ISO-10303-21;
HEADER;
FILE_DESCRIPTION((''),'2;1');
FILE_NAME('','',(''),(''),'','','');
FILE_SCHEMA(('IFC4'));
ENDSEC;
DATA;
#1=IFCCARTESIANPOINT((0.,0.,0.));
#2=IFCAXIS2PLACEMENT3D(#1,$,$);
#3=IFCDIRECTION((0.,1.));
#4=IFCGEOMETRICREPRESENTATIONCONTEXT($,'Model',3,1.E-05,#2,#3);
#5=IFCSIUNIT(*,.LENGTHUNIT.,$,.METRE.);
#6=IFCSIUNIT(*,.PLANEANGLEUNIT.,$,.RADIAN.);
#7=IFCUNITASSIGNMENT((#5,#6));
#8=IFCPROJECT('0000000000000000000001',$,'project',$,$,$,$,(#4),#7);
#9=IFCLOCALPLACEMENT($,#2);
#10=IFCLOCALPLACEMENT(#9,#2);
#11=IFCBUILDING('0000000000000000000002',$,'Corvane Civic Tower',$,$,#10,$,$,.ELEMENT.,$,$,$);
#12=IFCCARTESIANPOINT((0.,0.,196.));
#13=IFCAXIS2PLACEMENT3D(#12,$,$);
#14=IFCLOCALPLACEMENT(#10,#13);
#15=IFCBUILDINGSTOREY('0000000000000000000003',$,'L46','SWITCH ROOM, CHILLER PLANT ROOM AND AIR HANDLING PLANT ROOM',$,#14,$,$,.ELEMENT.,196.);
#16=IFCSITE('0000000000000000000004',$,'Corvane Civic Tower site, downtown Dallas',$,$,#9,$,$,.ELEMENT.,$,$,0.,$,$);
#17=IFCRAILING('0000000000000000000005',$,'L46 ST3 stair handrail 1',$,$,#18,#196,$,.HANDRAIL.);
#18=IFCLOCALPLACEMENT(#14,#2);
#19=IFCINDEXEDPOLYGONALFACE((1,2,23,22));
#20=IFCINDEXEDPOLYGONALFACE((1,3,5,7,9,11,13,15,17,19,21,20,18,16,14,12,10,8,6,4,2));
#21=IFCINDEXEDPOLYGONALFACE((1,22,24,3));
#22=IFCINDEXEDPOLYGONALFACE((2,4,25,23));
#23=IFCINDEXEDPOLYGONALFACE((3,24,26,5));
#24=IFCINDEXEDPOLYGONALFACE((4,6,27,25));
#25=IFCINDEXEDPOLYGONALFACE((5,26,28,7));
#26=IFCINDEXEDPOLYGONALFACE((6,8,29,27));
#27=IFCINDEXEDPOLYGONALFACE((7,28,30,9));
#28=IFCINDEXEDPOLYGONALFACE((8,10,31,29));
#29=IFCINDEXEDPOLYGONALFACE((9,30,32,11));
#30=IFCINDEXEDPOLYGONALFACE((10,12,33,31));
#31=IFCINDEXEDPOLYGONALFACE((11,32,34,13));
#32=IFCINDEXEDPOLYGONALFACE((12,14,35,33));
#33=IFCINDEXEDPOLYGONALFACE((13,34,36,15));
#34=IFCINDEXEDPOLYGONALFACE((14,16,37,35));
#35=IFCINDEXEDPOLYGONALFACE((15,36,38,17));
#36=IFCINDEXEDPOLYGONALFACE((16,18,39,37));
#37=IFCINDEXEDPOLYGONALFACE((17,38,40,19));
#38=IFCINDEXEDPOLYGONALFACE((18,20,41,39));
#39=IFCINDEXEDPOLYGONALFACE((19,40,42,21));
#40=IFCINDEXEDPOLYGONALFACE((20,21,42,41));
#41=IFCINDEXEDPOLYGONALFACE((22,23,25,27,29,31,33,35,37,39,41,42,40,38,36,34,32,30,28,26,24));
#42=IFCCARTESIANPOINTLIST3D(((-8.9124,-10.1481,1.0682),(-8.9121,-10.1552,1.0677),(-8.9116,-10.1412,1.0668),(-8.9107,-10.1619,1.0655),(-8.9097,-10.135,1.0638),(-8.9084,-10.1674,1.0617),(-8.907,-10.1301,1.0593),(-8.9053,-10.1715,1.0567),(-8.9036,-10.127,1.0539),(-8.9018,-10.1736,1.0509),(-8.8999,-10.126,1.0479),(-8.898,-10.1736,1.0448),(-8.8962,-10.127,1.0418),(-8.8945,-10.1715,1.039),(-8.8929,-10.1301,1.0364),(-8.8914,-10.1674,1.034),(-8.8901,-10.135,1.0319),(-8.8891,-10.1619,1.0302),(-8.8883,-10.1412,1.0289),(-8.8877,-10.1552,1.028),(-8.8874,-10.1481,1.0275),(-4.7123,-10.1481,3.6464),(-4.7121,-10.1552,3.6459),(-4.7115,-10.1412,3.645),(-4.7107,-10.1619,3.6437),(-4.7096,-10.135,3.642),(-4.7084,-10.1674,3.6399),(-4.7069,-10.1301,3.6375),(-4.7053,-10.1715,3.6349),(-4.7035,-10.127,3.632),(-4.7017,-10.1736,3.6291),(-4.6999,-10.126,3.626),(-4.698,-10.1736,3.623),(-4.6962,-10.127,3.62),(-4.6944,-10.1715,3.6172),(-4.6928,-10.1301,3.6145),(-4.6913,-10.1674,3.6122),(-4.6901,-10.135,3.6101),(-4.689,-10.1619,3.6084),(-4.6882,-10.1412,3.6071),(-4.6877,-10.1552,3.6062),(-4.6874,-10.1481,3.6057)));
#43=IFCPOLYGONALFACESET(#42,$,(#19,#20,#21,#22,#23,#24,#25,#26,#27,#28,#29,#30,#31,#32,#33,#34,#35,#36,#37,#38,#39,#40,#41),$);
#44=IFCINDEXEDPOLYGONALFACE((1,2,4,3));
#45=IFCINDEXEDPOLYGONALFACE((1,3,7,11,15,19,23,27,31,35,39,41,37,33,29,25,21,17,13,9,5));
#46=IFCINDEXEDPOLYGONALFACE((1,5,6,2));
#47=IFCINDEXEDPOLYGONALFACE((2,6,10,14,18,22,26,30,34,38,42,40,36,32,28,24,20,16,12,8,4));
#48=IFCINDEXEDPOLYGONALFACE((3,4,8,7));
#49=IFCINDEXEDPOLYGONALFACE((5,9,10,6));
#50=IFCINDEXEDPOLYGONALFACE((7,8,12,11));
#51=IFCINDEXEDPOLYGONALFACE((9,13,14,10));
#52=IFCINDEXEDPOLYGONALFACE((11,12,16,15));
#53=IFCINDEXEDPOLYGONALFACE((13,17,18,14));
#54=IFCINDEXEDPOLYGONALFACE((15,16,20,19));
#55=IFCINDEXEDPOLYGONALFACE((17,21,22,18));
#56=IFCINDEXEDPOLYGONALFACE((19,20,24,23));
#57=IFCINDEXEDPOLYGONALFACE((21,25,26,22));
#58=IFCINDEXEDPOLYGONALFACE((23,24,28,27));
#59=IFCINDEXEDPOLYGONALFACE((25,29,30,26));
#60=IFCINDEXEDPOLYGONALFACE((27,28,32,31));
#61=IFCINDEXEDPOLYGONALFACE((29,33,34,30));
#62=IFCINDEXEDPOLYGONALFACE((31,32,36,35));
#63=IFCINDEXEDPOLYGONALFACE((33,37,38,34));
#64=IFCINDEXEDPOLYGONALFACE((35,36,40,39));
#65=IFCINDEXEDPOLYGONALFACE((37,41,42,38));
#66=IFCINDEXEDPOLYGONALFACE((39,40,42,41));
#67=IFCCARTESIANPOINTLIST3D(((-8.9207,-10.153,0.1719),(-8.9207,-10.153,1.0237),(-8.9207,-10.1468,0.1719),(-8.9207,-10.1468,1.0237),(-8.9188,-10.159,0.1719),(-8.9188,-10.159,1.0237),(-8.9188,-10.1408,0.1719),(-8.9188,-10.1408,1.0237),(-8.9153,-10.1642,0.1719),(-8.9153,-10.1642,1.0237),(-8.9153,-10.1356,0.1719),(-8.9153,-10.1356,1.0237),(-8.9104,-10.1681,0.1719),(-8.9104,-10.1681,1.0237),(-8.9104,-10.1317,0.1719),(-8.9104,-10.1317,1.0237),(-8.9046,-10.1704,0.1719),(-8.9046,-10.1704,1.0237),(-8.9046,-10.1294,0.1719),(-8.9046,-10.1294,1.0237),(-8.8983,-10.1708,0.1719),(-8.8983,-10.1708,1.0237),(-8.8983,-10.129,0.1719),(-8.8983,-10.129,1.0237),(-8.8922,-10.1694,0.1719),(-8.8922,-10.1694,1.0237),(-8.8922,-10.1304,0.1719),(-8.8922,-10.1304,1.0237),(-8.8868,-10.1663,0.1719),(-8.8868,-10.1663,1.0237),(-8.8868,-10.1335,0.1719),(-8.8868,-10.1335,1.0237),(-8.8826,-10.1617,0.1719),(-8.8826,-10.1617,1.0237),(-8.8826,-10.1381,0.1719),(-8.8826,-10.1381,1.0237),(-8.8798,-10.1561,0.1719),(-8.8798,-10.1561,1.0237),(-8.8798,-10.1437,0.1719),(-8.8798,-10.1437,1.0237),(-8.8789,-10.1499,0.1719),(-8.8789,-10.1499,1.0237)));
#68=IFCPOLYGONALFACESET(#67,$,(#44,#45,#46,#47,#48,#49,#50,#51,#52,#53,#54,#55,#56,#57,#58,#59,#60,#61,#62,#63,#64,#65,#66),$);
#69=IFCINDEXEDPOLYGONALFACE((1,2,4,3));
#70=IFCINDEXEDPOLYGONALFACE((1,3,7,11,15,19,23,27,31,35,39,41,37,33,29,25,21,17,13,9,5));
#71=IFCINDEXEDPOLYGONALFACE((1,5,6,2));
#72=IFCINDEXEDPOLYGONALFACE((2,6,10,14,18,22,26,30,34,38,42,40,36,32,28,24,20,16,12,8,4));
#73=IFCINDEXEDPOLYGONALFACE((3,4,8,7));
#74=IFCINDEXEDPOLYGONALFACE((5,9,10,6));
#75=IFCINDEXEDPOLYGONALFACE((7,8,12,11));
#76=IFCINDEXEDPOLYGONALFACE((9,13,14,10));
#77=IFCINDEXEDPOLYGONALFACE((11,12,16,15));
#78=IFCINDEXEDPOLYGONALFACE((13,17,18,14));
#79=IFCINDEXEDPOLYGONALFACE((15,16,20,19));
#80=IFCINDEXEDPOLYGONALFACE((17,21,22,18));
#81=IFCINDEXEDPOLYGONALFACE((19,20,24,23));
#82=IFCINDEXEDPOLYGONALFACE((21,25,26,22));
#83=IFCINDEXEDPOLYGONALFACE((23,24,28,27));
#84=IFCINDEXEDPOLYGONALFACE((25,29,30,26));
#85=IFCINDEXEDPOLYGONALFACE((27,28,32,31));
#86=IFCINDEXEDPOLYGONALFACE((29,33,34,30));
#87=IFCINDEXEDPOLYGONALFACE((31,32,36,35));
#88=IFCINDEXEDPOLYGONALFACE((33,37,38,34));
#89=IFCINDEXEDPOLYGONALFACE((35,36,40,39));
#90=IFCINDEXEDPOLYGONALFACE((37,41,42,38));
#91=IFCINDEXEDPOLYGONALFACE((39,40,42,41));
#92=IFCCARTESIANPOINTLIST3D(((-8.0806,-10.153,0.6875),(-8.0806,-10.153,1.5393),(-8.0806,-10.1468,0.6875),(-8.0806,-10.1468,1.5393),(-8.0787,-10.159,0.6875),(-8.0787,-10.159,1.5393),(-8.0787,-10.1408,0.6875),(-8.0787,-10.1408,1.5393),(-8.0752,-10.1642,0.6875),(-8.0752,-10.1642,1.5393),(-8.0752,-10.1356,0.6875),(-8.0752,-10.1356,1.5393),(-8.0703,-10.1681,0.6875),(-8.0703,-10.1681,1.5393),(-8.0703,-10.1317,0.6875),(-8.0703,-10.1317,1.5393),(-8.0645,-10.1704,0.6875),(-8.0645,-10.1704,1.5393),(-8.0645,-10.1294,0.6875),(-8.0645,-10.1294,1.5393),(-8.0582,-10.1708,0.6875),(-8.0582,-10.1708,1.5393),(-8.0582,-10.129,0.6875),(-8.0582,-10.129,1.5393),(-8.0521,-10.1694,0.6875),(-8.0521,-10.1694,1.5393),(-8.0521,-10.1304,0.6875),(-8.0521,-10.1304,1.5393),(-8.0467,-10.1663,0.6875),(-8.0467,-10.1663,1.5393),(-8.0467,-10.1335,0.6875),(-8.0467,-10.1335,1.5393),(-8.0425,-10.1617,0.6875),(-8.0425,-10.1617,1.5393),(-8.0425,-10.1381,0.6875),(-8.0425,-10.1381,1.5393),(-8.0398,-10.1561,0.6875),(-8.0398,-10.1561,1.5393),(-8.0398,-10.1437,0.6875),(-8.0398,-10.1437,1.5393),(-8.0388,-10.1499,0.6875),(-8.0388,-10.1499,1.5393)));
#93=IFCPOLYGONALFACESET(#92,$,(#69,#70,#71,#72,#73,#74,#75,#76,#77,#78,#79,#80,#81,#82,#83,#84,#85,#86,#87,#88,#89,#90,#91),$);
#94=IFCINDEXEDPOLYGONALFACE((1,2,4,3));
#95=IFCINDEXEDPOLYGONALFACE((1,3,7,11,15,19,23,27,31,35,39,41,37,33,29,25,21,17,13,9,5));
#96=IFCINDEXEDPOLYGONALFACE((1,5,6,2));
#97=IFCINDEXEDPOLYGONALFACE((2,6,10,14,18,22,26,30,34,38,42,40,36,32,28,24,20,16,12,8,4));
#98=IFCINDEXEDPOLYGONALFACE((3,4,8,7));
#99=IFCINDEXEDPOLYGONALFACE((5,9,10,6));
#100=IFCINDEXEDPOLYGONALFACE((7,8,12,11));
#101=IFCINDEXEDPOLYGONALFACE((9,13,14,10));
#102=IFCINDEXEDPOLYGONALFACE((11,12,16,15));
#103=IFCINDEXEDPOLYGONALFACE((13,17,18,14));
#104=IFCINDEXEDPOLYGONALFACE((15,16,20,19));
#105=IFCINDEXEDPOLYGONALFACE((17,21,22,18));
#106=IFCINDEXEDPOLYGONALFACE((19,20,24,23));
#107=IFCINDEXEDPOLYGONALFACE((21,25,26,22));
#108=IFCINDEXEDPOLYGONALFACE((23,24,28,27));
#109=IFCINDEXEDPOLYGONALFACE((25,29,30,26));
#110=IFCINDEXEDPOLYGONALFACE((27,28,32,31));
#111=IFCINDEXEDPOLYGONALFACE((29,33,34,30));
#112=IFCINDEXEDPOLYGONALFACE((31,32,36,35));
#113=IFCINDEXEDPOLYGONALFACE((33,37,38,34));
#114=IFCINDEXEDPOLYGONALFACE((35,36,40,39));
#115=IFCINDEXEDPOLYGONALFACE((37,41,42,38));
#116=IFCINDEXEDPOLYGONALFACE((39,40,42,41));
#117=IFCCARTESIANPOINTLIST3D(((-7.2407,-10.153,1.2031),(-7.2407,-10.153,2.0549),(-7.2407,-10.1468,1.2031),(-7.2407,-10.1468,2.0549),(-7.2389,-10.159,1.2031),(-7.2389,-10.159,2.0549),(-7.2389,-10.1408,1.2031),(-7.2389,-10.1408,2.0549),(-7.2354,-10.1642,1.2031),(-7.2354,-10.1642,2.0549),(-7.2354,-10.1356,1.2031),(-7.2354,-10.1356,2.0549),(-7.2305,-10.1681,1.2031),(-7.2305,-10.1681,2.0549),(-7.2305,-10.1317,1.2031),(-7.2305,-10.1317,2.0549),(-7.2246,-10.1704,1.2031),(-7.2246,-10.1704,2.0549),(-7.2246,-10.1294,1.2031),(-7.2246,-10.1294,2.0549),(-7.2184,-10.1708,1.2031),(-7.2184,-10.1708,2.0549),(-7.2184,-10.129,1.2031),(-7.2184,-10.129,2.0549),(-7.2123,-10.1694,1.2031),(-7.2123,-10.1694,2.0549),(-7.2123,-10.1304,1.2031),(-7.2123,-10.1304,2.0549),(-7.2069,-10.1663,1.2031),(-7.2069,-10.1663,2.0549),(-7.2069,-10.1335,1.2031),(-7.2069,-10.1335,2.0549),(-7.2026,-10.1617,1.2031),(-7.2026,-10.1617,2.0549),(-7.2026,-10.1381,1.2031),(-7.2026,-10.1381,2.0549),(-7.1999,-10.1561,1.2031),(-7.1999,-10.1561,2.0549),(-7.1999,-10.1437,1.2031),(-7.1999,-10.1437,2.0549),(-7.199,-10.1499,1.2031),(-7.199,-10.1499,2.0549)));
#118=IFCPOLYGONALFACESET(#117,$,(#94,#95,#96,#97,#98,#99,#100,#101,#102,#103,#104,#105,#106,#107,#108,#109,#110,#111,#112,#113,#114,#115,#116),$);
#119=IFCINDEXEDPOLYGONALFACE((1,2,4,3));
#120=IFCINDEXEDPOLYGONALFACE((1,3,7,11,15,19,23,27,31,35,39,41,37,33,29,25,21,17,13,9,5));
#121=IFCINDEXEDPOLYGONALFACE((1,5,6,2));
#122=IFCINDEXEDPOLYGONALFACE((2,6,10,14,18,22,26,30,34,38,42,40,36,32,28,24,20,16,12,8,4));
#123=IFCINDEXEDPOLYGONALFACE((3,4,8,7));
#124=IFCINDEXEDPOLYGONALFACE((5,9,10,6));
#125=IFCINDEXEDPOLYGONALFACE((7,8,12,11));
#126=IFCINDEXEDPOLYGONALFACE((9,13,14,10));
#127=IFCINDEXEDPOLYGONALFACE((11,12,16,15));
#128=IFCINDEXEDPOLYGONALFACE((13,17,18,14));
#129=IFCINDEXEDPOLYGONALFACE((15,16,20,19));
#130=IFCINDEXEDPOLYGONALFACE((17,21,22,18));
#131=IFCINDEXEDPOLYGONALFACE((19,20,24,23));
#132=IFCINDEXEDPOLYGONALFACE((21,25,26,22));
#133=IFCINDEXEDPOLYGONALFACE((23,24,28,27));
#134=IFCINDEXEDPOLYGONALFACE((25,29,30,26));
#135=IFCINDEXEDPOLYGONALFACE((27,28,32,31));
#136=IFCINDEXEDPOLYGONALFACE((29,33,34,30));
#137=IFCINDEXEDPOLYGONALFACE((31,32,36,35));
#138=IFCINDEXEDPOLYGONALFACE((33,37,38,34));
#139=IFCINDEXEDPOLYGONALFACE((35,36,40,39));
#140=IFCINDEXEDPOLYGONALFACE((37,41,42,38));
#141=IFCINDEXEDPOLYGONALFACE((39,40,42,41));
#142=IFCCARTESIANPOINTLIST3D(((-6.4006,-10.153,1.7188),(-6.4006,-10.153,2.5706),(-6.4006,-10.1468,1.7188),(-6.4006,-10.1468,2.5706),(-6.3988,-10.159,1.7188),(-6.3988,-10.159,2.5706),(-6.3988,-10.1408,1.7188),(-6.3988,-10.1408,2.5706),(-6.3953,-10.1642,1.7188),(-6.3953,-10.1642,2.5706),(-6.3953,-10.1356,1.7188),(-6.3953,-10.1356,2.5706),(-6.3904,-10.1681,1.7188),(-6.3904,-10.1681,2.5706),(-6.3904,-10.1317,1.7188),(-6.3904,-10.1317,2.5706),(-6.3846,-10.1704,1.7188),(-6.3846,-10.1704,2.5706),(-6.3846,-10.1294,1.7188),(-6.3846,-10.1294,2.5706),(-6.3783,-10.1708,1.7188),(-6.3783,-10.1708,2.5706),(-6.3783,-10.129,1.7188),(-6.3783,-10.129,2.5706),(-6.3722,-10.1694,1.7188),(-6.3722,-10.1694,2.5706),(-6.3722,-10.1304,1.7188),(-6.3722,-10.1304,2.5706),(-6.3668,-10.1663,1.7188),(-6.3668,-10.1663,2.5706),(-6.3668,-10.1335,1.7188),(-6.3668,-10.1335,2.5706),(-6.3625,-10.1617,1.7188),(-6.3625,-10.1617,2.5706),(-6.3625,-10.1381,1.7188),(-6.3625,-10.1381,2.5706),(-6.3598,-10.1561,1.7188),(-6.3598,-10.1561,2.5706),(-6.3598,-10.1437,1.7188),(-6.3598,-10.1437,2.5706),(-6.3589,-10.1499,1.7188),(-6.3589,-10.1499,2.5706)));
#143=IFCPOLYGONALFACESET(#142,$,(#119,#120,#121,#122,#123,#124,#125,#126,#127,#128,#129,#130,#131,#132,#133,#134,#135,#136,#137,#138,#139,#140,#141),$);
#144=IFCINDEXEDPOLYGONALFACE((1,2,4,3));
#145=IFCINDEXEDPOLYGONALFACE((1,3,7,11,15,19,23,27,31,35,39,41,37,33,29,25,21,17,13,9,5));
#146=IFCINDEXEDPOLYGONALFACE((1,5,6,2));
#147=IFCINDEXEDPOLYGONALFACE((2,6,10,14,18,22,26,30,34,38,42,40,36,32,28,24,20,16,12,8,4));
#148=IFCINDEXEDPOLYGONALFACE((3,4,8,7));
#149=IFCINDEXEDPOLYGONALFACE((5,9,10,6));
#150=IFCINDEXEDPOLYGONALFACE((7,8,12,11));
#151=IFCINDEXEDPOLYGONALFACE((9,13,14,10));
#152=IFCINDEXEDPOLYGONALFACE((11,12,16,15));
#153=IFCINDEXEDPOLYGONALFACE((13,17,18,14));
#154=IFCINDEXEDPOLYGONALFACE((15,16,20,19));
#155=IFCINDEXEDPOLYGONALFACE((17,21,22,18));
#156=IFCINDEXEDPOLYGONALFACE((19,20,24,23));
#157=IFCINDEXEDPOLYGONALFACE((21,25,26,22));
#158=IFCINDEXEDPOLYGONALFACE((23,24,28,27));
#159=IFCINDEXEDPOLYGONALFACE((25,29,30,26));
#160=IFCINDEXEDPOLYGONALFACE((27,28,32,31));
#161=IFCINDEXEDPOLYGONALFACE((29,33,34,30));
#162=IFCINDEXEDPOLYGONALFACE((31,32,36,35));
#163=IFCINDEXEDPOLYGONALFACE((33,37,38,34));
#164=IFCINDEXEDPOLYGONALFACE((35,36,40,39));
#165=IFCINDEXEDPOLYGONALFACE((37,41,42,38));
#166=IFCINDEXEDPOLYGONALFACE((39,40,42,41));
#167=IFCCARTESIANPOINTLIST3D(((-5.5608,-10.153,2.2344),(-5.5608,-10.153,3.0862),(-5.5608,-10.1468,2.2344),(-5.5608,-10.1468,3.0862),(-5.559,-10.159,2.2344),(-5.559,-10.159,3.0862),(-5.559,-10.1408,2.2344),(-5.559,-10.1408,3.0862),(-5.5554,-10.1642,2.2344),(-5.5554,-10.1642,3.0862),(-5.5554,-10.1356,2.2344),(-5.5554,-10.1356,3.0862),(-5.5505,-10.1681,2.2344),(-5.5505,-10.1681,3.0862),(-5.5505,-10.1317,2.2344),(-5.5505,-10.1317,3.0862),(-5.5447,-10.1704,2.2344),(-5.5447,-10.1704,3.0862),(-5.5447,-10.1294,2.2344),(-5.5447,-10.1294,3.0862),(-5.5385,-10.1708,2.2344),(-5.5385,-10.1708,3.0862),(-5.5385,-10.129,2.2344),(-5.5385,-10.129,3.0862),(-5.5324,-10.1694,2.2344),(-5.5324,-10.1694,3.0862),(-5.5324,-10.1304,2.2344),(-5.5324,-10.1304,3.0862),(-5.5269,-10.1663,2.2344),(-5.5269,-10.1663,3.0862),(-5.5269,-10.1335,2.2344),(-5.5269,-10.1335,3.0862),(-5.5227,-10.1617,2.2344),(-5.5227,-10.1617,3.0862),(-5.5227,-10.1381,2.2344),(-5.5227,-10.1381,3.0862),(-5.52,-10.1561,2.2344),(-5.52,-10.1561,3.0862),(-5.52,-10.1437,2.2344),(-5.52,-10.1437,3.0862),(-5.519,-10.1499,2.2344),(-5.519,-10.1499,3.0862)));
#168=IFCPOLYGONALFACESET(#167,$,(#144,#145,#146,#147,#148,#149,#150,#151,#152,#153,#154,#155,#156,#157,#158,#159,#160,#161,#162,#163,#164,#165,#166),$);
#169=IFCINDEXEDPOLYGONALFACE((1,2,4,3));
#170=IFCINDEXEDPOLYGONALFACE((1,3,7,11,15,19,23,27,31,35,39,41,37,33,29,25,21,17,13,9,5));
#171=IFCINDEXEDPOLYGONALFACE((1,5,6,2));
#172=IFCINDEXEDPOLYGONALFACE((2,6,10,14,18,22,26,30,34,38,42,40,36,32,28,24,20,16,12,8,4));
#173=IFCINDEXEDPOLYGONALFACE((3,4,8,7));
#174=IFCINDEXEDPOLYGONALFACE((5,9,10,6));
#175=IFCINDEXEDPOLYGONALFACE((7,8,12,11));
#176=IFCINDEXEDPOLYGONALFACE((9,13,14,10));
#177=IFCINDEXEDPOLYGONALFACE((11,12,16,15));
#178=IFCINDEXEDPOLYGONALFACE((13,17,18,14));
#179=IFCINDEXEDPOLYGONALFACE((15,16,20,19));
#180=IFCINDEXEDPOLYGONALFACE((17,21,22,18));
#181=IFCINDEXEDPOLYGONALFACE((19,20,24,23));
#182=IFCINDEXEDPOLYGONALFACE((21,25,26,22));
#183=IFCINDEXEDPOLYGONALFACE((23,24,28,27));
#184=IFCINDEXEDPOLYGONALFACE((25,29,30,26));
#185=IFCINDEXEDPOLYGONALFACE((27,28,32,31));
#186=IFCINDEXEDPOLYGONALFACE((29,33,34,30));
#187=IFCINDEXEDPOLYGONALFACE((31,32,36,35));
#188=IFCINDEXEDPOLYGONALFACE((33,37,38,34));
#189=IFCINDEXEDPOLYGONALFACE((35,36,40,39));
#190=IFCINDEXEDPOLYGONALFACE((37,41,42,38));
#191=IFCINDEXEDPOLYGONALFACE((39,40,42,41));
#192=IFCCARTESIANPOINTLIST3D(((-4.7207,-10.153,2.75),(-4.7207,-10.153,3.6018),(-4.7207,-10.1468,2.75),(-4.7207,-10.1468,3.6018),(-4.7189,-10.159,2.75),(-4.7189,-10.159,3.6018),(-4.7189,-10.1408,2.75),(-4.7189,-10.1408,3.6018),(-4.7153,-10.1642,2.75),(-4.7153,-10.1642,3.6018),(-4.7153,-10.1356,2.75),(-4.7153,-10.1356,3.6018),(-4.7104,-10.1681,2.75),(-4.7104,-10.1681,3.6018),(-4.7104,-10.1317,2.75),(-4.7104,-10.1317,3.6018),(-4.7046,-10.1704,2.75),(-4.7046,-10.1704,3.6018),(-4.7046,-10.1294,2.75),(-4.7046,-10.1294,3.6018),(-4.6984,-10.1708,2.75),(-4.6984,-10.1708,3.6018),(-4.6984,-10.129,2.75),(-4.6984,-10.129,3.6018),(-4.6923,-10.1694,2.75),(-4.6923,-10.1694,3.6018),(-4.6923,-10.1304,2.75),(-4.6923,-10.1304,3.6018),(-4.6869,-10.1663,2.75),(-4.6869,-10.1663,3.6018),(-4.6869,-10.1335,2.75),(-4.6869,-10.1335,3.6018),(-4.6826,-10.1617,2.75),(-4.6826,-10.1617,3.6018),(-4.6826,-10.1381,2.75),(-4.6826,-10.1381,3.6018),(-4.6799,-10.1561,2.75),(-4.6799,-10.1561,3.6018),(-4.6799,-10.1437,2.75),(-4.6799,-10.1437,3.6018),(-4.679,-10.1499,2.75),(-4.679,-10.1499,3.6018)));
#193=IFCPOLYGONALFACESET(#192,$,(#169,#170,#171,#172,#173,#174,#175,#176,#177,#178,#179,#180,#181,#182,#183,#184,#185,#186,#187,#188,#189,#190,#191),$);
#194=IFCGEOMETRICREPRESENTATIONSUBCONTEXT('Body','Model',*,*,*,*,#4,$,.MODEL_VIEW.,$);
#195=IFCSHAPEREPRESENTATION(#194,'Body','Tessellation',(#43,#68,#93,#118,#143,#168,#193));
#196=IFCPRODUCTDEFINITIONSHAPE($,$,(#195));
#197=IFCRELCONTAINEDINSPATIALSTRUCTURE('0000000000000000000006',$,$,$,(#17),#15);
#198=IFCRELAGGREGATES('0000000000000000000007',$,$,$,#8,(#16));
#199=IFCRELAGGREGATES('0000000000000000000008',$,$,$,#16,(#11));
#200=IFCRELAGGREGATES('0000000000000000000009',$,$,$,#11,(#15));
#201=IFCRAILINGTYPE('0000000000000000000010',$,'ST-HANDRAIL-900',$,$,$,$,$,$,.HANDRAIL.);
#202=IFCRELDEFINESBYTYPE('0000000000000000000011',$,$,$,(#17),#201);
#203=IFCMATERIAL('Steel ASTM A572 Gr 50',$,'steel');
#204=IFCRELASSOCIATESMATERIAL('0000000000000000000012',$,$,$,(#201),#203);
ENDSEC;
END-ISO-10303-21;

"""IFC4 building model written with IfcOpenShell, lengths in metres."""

from ifc_helpers import new_model, si_unit, direction, frame, origin, origin_2d, place, context, subcontext, project, spatial, circle, extrude, material, type_object, element, save


model = new_model("IFC4")

# Units and contexts
model_context = context("Model", 3, precision=1e-05, world=origin(), true_north=direction((0.0, 1.0)))
body_context = subcontext(model_context, "Body", "Model", "MODEL_VIEW")
ifc_project = project(units=[si_unit("LENGTHUNIT", "METRE"), si_unit("PLANEANGLEUNIT", "RADIAN")], contexts=[model_context])

# Site, building, storey
site_placement = place(None, origin())
site = spatial("IfcSite", under=ifc_project, at=site_placement, Name="Corvane Civic Tower site, downtown Dallas", CompositionType="ELEMENT", RefElevation=0.0)
building_placement = place(site_placement, origin())
building = spatial("IfcBuilding", under=site, at=building_placement, Name="Corvane Civic Tower", CompositionType="ELEMENT")
storey_placement = place(building_placement, frame((0.0, 0.0, 196.0)))
storey = spatial("IfcBuildingStorey", under=building, at=storey_placement, Name="L46", Description="SWITCH ROOM, CHILLER PLANT ROOM AND AIR HANDLING PLANT ROOM", CompositionType="ELEMENT", Elevation=196.0)

# Railing
ifc_material_1 = material(Name="Steel ASTM A572 Gr 50", Category="steel")
railing_type_1 = type_object("IfcRailingType", Name="ST-HANDRAIL-900", PredefinedType="HANDRAIL", material=ifc_material_1)
railing_1_placement = place(storey_placement, frame((-8.8999, -10.1499, 0.1719)))
element("IfcRailing", 1, at=railing_1_placement, inside=storey, type_object=railing_type_1, Name="L46 ST3 stair handrail 1", PredefinedType="HANDRAIL", context=body_context, shape_type="SweptSolid", body=[
    extrude(circle(Radius=0.0239, at=origin_2d()), frame((0.0, 0.0, 0.876), z_axis=(0.852243, 0.0, 0.523146), x_axis=(0.0, 1.0, 0.0)), (0.0, 0.0, 1.0), 4.9282),
    extrude(circle(Radius=0.021, at=origin_2d()), origin(), (0.0, 0.0, 1.0), 0.8518),
    extrude(circle(Radius=0.021, at=origin_2d()), frame((0.8401, 0.0, 0.5156)), (0.0, 0.0, 1.0), 0.8518),
    extrude(circle(Radius=0.021, at=origin_2d()), frame((1.6799, 0.0, 1.0312)), (0.0, 0.0, 1.0), 0.8518),
    extrude(circle(Radius=0.021, at=origin_2d()), frame((2.52, 0.0, 1.5469)), (0.0, 0.0, 1.0), 0.8518),
    extrude(circle(Radius=0.021, at=origin_2d()), frame((3.3599, 0.0, 2.0625)), (0.0, 0.0, 1.0), 0.8518),
    extrude(circle(Radius=0.021, at=origin_2d()), frame((4.2, 0.0, 2.5781)), (0.0, 0.0, 1.0), 0.8518),
])

save(model, "model.ifc")
